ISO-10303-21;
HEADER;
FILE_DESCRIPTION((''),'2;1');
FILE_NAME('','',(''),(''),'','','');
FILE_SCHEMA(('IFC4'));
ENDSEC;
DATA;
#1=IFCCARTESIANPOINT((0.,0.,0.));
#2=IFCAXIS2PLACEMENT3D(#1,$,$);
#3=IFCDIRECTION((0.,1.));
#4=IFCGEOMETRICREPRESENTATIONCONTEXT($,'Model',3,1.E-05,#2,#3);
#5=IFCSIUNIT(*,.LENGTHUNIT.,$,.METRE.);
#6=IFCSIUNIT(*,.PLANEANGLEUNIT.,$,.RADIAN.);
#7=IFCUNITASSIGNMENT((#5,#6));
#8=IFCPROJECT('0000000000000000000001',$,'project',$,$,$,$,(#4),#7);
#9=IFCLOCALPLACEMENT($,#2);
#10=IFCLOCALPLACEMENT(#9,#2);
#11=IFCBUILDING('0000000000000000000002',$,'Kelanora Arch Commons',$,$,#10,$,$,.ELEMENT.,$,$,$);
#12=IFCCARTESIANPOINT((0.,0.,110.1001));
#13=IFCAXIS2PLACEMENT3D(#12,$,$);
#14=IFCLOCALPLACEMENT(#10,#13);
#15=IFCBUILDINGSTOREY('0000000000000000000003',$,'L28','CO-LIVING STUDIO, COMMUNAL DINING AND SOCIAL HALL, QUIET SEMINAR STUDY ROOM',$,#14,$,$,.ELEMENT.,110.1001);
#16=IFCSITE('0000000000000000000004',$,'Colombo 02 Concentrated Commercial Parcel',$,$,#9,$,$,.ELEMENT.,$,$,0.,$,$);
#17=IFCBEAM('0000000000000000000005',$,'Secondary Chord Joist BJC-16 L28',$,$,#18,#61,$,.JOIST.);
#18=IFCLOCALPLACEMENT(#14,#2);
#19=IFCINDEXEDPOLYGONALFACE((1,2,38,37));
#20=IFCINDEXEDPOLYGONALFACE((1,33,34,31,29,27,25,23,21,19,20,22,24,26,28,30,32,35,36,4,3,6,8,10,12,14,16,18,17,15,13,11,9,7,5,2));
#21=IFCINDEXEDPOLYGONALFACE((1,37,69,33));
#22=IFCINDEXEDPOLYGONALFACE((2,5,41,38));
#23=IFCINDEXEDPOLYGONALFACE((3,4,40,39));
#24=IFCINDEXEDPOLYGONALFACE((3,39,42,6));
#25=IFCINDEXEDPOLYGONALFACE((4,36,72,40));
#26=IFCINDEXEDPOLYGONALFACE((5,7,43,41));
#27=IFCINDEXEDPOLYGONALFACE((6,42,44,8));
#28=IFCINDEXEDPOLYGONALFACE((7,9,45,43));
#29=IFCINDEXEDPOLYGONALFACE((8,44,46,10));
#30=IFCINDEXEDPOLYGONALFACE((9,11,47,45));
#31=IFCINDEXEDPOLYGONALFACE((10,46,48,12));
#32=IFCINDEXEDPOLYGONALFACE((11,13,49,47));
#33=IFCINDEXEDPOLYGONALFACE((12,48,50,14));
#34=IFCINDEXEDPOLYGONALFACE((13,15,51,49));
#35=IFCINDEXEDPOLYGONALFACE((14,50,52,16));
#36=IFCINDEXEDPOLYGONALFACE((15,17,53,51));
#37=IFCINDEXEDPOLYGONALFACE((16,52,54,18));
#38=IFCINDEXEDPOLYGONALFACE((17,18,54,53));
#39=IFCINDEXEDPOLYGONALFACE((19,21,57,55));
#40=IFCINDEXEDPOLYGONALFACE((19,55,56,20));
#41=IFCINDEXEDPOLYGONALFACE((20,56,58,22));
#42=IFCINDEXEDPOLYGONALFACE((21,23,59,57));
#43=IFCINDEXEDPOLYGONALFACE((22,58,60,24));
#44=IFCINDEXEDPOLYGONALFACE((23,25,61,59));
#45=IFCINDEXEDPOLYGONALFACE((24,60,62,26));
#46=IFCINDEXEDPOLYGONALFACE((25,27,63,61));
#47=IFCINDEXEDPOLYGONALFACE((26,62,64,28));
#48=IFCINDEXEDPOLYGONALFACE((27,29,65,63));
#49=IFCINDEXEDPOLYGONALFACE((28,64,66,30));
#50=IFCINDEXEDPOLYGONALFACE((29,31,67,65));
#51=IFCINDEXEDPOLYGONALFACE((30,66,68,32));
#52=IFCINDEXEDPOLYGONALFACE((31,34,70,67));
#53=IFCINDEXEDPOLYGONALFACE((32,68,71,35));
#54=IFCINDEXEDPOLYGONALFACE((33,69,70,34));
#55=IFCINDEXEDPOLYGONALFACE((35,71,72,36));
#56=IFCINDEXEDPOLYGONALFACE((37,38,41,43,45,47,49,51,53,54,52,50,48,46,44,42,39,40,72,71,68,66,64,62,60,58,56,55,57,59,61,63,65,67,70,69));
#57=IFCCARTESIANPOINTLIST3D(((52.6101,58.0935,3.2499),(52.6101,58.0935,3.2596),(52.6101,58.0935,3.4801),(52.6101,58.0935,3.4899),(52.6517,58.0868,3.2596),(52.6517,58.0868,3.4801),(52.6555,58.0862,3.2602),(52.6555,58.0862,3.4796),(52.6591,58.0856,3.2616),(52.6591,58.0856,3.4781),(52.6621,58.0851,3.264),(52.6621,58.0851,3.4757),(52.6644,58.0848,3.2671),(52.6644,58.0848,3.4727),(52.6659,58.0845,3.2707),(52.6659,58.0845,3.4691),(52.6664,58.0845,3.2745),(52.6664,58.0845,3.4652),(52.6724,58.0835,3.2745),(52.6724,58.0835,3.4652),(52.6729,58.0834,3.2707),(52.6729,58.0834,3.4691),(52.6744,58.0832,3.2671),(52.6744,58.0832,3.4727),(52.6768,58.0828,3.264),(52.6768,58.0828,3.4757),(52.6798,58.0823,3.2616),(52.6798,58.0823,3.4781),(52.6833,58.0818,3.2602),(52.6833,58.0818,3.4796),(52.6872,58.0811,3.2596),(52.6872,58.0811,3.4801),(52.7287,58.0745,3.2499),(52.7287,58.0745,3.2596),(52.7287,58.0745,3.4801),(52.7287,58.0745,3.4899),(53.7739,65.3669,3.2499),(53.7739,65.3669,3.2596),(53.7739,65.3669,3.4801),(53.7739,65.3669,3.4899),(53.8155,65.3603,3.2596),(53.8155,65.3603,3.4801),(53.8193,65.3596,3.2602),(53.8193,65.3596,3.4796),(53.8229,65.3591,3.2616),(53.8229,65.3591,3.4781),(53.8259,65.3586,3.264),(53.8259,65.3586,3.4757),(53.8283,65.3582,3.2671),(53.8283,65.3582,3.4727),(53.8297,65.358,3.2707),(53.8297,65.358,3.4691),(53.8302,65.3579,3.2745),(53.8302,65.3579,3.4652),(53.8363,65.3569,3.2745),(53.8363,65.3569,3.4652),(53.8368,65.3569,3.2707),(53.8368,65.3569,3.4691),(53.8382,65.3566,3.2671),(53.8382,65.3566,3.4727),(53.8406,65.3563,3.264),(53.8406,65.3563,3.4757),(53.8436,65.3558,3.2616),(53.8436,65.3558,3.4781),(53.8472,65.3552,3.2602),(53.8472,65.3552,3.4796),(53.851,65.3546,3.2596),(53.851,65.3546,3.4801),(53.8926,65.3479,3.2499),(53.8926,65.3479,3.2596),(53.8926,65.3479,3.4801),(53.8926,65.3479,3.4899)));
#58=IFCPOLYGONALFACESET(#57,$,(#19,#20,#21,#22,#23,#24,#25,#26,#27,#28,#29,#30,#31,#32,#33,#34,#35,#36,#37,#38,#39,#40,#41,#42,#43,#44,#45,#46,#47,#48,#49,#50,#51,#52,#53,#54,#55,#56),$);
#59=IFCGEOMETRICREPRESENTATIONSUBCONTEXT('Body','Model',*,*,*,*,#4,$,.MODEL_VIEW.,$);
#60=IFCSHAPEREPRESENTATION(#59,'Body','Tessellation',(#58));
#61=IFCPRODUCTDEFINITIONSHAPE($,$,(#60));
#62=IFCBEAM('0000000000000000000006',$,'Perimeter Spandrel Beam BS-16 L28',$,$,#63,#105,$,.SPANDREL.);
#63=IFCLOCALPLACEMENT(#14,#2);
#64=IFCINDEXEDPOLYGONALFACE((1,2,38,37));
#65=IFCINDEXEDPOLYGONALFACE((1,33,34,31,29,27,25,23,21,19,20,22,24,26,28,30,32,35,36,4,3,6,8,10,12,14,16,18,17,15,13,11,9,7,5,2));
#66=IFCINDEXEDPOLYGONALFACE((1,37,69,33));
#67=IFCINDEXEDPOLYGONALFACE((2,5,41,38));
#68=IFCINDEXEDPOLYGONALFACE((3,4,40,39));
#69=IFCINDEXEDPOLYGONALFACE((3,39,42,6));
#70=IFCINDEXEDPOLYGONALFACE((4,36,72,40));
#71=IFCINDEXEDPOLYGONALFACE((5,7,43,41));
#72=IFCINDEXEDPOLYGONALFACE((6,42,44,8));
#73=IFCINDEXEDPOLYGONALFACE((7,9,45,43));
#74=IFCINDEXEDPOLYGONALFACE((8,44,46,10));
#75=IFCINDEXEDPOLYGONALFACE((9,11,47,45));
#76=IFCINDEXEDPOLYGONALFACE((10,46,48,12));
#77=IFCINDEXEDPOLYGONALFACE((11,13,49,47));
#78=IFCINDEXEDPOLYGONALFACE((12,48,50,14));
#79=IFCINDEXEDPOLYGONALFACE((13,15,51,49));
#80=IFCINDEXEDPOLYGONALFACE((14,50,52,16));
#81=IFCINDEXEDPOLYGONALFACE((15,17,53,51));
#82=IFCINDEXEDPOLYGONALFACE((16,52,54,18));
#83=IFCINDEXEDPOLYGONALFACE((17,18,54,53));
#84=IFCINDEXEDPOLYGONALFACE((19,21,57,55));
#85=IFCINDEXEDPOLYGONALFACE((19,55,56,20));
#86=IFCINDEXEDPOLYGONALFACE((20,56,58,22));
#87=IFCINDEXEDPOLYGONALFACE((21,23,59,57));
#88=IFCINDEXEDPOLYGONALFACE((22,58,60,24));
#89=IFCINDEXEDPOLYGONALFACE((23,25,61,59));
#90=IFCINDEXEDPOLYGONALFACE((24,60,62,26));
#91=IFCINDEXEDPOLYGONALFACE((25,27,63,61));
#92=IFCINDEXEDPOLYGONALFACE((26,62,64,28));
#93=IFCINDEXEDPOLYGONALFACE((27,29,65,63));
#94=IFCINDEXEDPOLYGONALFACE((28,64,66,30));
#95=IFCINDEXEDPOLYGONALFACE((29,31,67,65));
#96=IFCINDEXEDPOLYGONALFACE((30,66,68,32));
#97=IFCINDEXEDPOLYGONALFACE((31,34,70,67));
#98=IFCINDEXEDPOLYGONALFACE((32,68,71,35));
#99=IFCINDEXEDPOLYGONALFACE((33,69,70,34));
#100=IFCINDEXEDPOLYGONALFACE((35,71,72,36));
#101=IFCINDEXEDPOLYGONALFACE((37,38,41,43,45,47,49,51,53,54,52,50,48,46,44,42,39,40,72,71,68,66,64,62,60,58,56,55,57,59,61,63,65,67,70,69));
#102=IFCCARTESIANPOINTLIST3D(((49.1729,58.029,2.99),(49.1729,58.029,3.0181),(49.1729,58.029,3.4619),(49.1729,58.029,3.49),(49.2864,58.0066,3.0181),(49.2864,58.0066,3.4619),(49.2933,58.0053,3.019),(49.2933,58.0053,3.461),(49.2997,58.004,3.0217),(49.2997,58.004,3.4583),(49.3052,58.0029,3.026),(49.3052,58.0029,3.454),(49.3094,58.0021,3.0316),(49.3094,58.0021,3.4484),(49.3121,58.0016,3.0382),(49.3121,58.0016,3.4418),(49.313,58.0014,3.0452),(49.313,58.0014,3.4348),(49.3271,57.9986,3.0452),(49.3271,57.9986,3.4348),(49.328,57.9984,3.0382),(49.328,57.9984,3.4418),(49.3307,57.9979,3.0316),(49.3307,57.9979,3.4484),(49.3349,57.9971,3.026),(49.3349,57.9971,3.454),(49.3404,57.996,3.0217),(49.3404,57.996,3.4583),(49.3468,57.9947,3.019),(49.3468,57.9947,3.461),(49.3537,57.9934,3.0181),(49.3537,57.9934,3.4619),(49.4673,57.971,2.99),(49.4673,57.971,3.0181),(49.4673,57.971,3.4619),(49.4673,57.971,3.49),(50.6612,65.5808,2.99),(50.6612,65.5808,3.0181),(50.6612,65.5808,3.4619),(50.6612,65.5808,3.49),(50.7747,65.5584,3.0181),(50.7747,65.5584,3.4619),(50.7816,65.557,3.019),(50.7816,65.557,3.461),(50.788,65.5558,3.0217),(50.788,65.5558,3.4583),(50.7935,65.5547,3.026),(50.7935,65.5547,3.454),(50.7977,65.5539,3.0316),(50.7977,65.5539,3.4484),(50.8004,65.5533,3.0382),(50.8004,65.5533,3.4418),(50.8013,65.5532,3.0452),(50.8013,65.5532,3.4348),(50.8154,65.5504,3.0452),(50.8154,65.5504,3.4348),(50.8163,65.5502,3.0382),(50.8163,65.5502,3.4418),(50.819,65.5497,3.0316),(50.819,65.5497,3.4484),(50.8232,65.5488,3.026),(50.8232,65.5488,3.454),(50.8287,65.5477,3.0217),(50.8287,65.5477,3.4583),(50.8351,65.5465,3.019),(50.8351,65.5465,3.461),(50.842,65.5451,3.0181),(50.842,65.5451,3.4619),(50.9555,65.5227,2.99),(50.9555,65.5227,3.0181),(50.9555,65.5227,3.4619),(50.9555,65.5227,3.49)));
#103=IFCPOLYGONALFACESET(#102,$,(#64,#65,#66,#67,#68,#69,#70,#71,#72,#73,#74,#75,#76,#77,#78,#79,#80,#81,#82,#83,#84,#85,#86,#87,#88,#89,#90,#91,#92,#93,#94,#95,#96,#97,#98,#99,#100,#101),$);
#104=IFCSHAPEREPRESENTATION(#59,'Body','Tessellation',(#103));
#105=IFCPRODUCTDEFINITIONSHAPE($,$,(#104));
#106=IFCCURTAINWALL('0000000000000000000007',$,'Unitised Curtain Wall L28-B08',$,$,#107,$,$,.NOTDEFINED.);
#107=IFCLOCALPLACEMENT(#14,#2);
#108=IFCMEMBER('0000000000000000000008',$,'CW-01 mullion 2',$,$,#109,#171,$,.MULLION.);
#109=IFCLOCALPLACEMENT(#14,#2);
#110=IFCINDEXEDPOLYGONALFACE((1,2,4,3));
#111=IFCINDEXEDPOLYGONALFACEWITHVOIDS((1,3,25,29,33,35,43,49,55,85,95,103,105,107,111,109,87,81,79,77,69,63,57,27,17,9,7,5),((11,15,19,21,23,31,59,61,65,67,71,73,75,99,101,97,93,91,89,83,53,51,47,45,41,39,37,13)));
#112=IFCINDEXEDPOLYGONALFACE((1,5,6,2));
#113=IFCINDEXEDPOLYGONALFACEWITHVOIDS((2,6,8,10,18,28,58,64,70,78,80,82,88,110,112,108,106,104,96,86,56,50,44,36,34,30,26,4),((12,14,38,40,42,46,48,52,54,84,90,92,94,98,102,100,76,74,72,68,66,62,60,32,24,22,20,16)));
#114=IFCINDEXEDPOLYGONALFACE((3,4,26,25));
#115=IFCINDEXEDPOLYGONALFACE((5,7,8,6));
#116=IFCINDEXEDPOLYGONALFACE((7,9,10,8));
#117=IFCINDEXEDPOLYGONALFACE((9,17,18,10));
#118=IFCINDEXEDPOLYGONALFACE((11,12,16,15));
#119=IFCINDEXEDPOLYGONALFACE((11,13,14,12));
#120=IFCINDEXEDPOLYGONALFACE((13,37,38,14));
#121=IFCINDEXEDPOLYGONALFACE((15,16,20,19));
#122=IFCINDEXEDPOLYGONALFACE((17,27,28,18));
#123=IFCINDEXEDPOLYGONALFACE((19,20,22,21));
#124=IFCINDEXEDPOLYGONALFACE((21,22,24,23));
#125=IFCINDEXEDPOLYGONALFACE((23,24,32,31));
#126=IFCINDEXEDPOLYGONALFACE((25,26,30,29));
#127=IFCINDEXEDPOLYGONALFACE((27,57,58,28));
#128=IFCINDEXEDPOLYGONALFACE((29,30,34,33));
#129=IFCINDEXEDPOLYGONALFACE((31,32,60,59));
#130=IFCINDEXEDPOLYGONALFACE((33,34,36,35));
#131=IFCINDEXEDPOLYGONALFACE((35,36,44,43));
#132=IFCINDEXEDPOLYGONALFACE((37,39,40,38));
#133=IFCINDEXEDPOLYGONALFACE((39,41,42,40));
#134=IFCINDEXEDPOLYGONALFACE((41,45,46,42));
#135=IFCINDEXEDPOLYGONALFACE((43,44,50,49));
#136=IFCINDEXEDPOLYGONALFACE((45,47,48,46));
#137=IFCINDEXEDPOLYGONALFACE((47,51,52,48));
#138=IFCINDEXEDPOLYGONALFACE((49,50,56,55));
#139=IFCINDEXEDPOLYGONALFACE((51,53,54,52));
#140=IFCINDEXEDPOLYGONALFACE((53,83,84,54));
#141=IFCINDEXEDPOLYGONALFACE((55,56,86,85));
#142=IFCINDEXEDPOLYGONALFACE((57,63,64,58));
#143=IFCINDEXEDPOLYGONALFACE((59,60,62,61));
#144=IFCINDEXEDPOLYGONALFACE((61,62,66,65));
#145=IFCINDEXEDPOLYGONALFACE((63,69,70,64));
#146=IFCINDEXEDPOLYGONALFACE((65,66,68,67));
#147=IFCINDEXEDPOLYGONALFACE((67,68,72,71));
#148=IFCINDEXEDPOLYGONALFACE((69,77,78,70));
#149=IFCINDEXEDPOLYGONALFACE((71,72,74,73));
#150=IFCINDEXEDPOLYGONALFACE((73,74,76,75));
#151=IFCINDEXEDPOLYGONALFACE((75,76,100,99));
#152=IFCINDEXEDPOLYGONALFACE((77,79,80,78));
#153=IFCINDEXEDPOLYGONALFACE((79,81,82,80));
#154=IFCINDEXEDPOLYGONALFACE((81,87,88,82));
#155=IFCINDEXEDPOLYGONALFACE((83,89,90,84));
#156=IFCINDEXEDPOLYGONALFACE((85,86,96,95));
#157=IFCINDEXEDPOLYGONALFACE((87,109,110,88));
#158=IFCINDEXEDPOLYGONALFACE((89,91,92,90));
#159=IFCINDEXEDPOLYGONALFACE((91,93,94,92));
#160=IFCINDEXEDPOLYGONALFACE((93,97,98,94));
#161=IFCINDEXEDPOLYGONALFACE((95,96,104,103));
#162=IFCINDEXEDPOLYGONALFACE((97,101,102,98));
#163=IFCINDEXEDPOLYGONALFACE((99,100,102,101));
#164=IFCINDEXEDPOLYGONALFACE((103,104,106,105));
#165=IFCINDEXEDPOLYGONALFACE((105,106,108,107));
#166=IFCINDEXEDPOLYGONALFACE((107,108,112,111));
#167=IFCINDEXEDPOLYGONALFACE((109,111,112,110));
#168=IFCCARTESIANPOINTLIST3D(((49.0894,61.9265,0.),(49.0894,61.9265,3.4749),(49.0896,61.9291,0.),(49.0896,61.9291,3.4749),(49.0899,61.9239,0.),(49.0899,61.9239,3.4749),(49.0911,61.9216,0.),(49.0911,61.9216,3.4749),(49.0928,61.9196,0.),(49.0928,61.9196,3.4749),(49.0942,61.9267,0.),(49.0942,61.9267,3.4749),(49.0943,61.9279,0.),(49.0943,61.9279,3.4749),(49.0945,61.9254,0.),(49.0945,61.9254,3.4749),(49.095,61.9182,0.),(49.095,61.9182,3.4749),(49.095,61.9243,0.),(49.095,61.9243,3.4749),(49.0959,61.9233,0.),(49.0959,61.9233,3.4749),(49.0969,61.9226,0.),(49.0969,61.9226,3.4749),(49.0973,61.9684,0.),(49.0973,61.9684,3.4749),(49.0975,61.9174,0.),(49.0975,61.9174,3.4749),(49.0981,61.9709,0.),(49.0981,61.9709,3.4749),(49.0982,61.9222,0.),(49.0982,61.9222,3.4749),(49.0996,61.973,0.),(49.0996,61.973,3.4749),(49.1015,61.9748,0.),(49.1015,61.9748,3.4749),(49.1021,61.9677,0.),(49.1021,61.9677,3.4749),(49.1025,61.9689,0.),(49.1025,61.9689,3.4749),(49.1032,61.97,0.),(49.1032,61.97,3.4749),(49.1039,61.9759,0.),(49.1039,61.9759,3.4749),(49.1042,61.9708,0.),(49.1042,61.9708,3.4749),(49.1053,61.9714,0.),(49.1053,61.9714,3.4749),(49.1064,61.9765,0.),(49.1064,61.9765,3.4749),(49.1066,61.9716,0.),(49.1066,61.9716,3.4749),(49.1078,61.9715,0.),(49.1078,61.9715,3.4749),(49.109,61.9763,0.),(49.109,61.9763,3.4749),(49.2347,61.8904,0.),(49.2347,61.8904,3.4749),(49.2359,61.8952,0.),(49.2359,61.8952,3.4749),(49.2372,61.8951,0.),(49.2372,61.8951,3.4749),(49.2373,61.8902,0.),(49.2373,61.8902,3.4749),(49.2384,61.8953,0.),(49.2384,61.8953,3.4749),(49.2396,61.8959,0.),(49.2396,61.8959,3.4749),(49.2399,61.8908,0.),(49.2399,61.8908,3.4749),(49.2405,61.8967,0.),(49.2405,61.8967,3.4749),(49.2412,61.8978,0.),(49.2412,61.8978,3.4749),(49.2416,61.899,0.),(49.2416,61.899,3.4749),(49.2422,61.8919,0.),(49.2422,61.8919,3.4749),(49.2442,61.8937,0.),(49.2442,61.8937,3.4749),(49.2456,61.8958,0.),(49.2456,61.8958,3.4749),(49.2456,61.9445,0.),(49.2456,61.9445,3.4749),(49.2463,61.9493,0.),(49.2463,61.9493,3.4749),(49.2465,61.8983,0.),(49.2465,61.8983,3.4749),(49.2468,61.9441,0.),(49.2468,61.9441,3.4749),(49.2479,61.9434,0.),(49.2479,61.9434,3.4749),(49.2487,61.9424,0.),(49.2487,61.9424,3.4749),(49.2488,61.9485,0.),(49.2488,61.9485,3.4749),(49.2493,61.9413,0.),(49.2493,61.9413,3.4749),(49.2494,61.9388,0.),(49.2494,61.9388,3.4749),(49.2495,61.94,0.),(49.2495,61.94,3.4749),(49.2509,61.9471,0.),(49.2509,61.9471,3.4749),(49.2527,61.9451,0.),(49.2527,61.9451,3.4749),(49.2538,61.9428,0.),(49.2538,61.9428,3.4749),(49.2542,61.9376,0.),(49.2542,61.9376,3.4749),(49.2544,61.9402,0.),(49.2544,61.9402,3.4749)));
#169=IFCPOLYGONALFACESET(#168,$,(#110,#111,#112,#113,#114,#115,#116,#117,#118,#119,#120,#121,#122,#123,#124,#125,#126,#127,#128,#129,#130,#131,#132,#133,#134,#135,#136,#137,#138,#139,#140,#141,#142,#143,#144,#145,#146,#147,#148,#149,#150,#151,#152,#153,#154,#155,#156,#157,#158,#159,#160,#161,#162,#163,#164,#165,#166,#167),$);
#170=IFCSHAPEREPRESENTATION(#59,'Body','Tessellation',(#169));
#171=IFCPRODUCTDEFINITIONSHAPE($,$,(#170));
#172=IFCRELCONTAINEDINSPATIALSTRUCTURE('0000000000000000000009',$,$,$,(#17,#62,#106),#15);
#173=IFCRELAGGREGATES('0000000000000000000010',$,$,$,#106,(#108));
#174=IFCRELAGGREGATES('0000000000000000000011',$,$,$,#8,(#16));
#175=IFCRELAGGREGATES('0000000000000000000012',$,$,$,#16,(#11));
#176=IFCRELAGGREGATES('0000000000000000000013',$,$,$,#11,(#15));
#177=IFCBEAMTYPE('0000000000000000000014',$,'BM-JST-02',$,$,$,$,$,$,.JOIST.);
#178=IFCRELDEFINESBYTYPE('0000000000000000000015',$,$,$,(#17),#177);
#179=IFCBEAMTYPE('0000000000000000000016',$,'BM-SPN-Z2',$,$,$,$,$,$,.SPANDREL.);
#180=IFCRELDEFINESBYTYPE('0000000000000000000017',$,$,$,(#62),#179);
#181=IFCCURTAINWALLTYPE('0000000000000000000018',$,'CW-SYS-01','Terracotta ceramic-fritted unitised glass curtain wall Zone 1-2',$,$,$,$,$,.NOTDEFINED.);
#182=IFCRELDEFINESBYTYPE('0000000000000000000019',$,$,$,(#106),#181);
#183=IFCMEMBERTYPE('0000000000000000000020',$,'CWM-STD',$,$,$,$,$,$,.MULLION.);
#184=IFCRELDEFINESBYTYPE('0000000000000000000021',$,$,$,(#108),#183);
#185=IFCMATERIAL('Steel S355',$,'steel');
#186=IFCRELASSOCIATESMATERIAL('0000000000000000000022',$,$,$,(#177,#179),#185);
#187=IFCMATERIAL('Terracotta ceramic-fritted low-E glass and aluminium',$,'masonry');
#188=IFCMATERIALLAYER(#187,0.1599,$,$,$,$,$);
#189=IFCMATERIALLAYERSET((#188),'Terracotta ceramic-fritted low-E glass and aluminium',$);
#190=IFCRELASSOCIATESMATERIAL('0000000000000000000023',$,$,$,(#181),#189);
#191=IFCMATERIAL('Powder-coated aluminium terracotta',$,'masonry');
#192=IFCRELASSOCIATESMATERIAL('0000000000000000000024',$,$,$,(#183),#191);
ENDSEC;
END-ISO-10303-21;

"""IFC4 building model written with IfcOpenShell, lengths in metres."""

from ifc_helpers import new_model, si_unit, direction, frame, origin, origin_2d, place, context, subcontext, project, spatial, hollow_rectangle, i_section, extrude, material, layer, layer_set, material_profile, profile_set, type_object, element, aggregate, save


model = new_model("IFC4")

# Units and contexts
model_context = context("Model", 3, precision=1e-05, world=origin(), true_north=direction((0.0, 1.0)))
body_context = subcontext(model_context, "Body", "Model", "MODEL_VIEW")
ifc_project = project(units=[si_unit("LENGTHUNIT", "METRE"), si_unit("PLANEANGLEUNIT", "RADIAN")], contexts=[model_context])

# Site, building, storey
site_placement = place(None, origin())
site = spatial("IfcSite", under=ifc_project, at=site_placement, Name="Colombo 02 Concentrated Commercial Parcel", CompositionType="ELEMENT", RefElevation=0.0)
building_placement = place(site_placement, origin())
building = spatial("IfcBuilding", under=site, at=building_placement, Name="Kelanora Arch Commons", CompositionType="ELEMENT")
storey_placement = place(building_placement, frame((0.0, 0.0, 110.1001)))
storey = spatial("IfcBuildingStorey", under=building, at=storey_placement, Name="L28", Description="CO-LIVING STUDIO, COMMUNAL DINING AND SOCIAL HALL, QUIET SEMINAR STUDY ROOM", CompositionType="ELEMENT", Elevation=110.1001)

# Beams
ifc_material_1 = material(Name="Steel S355", Category="steel")
ifc_material_profile_1 = material_profile(ifc_material_1, i_section(OverallWidth=0.1201, OverallDepth=0.24, WebThickness=0.0061, FlangeThickness=0.0098, FilletRadius=0.0149, at=origin_2d()), Name="IPE240")
ifc_profile_set_1 = profile_set([ifc_material_profile_1], Name="Steel S355")
beam_type_1 = type_object("IfcBeamType", Name="BM-JST-02", PredefinedType="JOIST", material=ifc_profile_set_1)
beam_1_placement = place(storey_placement, frame((53.8333, 65.3574, 3.3699), z_axis=(-0.158, -0.987439, 0.0), x_axis=(0.987439, -0.158, 0.0)))
element("IfcBeam", 1, at=beam_1_placement, inside=storey, type_object=beam_type_1, Name="Secondary Chord Joist BJC-16 L28", PredefinedType="JOIST", context=body_context, shape_type="SweptSolid", body=[
    extrude(i_section(OverallWidth=0.1201, OverallDepth=0.24, WebThickness=0.0061, FlangeThickness=0.0098, FilletRadius=0.0149, at=origin_2d()), origin(), (0.0, 0.0, 1.0), 7.366),
])
ifc_material_profile_2 = material_profile(ifc_material_1, i_section(OverallWidth=0.3, OverallDepth=0.5, WebThickness=0.0144, FlangeThickness=0.0281, FilletRadius=0.0271, at=origin_2d()), Name="HEB500")
ifc_profile_set_2 = profile_set([ifc_material_profile_2], Name="Steel S355")
beam_type_2 = type_object("IfcBeamType", Name="BM-SPN-Z2", PredefinedType="SPANDREL", material=ifc_profile_set_2)
beam_2_placement = place(storey_placement, frame((50.8083, 65.5518, 3.24), z_axis=(-0.193358, -0.981128, 0.0), x_axis=(0.981128, -0.193358, 0.0)))
element("IfcBeam", 2, at=beam_2_placement, inside=storey, type_object=beam_type_2, Name="Perimeter Spandrel Beam BS-16 L28", PredefinedType="SPANDREL", context=body_context, shape_type="SweptSolid", body=[
    extrude(i_section(OverallWidth=0.3, OverallDepth=0.5, WebThickness=0.0144, FlangeThickness=0.0281, FilletRadius=0.0271, at=origin_2d()), origin(), (0.0, 0.0, 1.0), 7.697),
])

# Curtain wall, member
ifc_material_2 = material(Name="Terracotta ceramic-fritted low-E glass and aluminium", Category="masonry")
ifc_layer_1 = layer(ifc_material_2, 0.1599)
ifc_layer_set_1 = layer_set([ifc_layer_1], Name="Terracotta ceramic-fritted low-E glass and aluminium")
curtain_wall_type = type_object("IfcCurtainWallType", Name="CW-SYS-01", Description="Terracotta ceramic-fritted unitised glass curtain wall Zone 1-2", PredefinedType="NOTDEFINED", material=ifc_layer_set_1)
curtain_wall_placement = place(storey_placement, origin())
curtain_wall = element("IfcCurtainWall", 3, at=curtain_wall_placement, inside=storey, type_object=curtain_wall_type, Name="Unitised Curtain Wall L28-B08", PredefinedType="NOTDEFINED")
ifc_material_3 = material(Name="Powder-coated aluminium terracotta", Category="masonry")
ifc_material_profile_3 = material_profile(ifc_material_3, hollow_rectangle(XDim=0.1599, YDim=0.0601, WallThickness=0.0049, InnerFilletRadius=0.0049, OuterFilletRadius=0.01, at=origin_2d()), Name="CWM160x60")
ifc_profile_set_3 = profile_set([ifc_material_profile_3], Name="Powder-coated aluminium terracotta")
member_type_1 = type_object("IfcMemberType", Name="CWM-STD", PredefinedType="MULLION", material=ifc_profile_set_3)
member_1_placement = place(storey_placement, frame((49.1719, 61.9333, 0.0), z_axis=(0.0, 0.0, 1.0), x_axis=(0.98128, -0.192585, 0.0)))
member_1 = element("IfcMember", 4, at=member_1_placement, type_object=member_type_1, Name="CW-01 mullion 2", PredefinedType="MULLION", context=body_context, shape_type="SweptSolid", body=[
    extrude(hollow_rectangle(XDim=0.1599, YDim=0.0601, WallThickness=0.0049, InnerFilletRadius=0.0049, OuterFilletRadius=0.01, at=origin_2d()), origin(), (0.0, 0.0, 1.0), 3.4749),
])
aggregate(curtain_wall, [member_1])

save(model, "model.ifc")
